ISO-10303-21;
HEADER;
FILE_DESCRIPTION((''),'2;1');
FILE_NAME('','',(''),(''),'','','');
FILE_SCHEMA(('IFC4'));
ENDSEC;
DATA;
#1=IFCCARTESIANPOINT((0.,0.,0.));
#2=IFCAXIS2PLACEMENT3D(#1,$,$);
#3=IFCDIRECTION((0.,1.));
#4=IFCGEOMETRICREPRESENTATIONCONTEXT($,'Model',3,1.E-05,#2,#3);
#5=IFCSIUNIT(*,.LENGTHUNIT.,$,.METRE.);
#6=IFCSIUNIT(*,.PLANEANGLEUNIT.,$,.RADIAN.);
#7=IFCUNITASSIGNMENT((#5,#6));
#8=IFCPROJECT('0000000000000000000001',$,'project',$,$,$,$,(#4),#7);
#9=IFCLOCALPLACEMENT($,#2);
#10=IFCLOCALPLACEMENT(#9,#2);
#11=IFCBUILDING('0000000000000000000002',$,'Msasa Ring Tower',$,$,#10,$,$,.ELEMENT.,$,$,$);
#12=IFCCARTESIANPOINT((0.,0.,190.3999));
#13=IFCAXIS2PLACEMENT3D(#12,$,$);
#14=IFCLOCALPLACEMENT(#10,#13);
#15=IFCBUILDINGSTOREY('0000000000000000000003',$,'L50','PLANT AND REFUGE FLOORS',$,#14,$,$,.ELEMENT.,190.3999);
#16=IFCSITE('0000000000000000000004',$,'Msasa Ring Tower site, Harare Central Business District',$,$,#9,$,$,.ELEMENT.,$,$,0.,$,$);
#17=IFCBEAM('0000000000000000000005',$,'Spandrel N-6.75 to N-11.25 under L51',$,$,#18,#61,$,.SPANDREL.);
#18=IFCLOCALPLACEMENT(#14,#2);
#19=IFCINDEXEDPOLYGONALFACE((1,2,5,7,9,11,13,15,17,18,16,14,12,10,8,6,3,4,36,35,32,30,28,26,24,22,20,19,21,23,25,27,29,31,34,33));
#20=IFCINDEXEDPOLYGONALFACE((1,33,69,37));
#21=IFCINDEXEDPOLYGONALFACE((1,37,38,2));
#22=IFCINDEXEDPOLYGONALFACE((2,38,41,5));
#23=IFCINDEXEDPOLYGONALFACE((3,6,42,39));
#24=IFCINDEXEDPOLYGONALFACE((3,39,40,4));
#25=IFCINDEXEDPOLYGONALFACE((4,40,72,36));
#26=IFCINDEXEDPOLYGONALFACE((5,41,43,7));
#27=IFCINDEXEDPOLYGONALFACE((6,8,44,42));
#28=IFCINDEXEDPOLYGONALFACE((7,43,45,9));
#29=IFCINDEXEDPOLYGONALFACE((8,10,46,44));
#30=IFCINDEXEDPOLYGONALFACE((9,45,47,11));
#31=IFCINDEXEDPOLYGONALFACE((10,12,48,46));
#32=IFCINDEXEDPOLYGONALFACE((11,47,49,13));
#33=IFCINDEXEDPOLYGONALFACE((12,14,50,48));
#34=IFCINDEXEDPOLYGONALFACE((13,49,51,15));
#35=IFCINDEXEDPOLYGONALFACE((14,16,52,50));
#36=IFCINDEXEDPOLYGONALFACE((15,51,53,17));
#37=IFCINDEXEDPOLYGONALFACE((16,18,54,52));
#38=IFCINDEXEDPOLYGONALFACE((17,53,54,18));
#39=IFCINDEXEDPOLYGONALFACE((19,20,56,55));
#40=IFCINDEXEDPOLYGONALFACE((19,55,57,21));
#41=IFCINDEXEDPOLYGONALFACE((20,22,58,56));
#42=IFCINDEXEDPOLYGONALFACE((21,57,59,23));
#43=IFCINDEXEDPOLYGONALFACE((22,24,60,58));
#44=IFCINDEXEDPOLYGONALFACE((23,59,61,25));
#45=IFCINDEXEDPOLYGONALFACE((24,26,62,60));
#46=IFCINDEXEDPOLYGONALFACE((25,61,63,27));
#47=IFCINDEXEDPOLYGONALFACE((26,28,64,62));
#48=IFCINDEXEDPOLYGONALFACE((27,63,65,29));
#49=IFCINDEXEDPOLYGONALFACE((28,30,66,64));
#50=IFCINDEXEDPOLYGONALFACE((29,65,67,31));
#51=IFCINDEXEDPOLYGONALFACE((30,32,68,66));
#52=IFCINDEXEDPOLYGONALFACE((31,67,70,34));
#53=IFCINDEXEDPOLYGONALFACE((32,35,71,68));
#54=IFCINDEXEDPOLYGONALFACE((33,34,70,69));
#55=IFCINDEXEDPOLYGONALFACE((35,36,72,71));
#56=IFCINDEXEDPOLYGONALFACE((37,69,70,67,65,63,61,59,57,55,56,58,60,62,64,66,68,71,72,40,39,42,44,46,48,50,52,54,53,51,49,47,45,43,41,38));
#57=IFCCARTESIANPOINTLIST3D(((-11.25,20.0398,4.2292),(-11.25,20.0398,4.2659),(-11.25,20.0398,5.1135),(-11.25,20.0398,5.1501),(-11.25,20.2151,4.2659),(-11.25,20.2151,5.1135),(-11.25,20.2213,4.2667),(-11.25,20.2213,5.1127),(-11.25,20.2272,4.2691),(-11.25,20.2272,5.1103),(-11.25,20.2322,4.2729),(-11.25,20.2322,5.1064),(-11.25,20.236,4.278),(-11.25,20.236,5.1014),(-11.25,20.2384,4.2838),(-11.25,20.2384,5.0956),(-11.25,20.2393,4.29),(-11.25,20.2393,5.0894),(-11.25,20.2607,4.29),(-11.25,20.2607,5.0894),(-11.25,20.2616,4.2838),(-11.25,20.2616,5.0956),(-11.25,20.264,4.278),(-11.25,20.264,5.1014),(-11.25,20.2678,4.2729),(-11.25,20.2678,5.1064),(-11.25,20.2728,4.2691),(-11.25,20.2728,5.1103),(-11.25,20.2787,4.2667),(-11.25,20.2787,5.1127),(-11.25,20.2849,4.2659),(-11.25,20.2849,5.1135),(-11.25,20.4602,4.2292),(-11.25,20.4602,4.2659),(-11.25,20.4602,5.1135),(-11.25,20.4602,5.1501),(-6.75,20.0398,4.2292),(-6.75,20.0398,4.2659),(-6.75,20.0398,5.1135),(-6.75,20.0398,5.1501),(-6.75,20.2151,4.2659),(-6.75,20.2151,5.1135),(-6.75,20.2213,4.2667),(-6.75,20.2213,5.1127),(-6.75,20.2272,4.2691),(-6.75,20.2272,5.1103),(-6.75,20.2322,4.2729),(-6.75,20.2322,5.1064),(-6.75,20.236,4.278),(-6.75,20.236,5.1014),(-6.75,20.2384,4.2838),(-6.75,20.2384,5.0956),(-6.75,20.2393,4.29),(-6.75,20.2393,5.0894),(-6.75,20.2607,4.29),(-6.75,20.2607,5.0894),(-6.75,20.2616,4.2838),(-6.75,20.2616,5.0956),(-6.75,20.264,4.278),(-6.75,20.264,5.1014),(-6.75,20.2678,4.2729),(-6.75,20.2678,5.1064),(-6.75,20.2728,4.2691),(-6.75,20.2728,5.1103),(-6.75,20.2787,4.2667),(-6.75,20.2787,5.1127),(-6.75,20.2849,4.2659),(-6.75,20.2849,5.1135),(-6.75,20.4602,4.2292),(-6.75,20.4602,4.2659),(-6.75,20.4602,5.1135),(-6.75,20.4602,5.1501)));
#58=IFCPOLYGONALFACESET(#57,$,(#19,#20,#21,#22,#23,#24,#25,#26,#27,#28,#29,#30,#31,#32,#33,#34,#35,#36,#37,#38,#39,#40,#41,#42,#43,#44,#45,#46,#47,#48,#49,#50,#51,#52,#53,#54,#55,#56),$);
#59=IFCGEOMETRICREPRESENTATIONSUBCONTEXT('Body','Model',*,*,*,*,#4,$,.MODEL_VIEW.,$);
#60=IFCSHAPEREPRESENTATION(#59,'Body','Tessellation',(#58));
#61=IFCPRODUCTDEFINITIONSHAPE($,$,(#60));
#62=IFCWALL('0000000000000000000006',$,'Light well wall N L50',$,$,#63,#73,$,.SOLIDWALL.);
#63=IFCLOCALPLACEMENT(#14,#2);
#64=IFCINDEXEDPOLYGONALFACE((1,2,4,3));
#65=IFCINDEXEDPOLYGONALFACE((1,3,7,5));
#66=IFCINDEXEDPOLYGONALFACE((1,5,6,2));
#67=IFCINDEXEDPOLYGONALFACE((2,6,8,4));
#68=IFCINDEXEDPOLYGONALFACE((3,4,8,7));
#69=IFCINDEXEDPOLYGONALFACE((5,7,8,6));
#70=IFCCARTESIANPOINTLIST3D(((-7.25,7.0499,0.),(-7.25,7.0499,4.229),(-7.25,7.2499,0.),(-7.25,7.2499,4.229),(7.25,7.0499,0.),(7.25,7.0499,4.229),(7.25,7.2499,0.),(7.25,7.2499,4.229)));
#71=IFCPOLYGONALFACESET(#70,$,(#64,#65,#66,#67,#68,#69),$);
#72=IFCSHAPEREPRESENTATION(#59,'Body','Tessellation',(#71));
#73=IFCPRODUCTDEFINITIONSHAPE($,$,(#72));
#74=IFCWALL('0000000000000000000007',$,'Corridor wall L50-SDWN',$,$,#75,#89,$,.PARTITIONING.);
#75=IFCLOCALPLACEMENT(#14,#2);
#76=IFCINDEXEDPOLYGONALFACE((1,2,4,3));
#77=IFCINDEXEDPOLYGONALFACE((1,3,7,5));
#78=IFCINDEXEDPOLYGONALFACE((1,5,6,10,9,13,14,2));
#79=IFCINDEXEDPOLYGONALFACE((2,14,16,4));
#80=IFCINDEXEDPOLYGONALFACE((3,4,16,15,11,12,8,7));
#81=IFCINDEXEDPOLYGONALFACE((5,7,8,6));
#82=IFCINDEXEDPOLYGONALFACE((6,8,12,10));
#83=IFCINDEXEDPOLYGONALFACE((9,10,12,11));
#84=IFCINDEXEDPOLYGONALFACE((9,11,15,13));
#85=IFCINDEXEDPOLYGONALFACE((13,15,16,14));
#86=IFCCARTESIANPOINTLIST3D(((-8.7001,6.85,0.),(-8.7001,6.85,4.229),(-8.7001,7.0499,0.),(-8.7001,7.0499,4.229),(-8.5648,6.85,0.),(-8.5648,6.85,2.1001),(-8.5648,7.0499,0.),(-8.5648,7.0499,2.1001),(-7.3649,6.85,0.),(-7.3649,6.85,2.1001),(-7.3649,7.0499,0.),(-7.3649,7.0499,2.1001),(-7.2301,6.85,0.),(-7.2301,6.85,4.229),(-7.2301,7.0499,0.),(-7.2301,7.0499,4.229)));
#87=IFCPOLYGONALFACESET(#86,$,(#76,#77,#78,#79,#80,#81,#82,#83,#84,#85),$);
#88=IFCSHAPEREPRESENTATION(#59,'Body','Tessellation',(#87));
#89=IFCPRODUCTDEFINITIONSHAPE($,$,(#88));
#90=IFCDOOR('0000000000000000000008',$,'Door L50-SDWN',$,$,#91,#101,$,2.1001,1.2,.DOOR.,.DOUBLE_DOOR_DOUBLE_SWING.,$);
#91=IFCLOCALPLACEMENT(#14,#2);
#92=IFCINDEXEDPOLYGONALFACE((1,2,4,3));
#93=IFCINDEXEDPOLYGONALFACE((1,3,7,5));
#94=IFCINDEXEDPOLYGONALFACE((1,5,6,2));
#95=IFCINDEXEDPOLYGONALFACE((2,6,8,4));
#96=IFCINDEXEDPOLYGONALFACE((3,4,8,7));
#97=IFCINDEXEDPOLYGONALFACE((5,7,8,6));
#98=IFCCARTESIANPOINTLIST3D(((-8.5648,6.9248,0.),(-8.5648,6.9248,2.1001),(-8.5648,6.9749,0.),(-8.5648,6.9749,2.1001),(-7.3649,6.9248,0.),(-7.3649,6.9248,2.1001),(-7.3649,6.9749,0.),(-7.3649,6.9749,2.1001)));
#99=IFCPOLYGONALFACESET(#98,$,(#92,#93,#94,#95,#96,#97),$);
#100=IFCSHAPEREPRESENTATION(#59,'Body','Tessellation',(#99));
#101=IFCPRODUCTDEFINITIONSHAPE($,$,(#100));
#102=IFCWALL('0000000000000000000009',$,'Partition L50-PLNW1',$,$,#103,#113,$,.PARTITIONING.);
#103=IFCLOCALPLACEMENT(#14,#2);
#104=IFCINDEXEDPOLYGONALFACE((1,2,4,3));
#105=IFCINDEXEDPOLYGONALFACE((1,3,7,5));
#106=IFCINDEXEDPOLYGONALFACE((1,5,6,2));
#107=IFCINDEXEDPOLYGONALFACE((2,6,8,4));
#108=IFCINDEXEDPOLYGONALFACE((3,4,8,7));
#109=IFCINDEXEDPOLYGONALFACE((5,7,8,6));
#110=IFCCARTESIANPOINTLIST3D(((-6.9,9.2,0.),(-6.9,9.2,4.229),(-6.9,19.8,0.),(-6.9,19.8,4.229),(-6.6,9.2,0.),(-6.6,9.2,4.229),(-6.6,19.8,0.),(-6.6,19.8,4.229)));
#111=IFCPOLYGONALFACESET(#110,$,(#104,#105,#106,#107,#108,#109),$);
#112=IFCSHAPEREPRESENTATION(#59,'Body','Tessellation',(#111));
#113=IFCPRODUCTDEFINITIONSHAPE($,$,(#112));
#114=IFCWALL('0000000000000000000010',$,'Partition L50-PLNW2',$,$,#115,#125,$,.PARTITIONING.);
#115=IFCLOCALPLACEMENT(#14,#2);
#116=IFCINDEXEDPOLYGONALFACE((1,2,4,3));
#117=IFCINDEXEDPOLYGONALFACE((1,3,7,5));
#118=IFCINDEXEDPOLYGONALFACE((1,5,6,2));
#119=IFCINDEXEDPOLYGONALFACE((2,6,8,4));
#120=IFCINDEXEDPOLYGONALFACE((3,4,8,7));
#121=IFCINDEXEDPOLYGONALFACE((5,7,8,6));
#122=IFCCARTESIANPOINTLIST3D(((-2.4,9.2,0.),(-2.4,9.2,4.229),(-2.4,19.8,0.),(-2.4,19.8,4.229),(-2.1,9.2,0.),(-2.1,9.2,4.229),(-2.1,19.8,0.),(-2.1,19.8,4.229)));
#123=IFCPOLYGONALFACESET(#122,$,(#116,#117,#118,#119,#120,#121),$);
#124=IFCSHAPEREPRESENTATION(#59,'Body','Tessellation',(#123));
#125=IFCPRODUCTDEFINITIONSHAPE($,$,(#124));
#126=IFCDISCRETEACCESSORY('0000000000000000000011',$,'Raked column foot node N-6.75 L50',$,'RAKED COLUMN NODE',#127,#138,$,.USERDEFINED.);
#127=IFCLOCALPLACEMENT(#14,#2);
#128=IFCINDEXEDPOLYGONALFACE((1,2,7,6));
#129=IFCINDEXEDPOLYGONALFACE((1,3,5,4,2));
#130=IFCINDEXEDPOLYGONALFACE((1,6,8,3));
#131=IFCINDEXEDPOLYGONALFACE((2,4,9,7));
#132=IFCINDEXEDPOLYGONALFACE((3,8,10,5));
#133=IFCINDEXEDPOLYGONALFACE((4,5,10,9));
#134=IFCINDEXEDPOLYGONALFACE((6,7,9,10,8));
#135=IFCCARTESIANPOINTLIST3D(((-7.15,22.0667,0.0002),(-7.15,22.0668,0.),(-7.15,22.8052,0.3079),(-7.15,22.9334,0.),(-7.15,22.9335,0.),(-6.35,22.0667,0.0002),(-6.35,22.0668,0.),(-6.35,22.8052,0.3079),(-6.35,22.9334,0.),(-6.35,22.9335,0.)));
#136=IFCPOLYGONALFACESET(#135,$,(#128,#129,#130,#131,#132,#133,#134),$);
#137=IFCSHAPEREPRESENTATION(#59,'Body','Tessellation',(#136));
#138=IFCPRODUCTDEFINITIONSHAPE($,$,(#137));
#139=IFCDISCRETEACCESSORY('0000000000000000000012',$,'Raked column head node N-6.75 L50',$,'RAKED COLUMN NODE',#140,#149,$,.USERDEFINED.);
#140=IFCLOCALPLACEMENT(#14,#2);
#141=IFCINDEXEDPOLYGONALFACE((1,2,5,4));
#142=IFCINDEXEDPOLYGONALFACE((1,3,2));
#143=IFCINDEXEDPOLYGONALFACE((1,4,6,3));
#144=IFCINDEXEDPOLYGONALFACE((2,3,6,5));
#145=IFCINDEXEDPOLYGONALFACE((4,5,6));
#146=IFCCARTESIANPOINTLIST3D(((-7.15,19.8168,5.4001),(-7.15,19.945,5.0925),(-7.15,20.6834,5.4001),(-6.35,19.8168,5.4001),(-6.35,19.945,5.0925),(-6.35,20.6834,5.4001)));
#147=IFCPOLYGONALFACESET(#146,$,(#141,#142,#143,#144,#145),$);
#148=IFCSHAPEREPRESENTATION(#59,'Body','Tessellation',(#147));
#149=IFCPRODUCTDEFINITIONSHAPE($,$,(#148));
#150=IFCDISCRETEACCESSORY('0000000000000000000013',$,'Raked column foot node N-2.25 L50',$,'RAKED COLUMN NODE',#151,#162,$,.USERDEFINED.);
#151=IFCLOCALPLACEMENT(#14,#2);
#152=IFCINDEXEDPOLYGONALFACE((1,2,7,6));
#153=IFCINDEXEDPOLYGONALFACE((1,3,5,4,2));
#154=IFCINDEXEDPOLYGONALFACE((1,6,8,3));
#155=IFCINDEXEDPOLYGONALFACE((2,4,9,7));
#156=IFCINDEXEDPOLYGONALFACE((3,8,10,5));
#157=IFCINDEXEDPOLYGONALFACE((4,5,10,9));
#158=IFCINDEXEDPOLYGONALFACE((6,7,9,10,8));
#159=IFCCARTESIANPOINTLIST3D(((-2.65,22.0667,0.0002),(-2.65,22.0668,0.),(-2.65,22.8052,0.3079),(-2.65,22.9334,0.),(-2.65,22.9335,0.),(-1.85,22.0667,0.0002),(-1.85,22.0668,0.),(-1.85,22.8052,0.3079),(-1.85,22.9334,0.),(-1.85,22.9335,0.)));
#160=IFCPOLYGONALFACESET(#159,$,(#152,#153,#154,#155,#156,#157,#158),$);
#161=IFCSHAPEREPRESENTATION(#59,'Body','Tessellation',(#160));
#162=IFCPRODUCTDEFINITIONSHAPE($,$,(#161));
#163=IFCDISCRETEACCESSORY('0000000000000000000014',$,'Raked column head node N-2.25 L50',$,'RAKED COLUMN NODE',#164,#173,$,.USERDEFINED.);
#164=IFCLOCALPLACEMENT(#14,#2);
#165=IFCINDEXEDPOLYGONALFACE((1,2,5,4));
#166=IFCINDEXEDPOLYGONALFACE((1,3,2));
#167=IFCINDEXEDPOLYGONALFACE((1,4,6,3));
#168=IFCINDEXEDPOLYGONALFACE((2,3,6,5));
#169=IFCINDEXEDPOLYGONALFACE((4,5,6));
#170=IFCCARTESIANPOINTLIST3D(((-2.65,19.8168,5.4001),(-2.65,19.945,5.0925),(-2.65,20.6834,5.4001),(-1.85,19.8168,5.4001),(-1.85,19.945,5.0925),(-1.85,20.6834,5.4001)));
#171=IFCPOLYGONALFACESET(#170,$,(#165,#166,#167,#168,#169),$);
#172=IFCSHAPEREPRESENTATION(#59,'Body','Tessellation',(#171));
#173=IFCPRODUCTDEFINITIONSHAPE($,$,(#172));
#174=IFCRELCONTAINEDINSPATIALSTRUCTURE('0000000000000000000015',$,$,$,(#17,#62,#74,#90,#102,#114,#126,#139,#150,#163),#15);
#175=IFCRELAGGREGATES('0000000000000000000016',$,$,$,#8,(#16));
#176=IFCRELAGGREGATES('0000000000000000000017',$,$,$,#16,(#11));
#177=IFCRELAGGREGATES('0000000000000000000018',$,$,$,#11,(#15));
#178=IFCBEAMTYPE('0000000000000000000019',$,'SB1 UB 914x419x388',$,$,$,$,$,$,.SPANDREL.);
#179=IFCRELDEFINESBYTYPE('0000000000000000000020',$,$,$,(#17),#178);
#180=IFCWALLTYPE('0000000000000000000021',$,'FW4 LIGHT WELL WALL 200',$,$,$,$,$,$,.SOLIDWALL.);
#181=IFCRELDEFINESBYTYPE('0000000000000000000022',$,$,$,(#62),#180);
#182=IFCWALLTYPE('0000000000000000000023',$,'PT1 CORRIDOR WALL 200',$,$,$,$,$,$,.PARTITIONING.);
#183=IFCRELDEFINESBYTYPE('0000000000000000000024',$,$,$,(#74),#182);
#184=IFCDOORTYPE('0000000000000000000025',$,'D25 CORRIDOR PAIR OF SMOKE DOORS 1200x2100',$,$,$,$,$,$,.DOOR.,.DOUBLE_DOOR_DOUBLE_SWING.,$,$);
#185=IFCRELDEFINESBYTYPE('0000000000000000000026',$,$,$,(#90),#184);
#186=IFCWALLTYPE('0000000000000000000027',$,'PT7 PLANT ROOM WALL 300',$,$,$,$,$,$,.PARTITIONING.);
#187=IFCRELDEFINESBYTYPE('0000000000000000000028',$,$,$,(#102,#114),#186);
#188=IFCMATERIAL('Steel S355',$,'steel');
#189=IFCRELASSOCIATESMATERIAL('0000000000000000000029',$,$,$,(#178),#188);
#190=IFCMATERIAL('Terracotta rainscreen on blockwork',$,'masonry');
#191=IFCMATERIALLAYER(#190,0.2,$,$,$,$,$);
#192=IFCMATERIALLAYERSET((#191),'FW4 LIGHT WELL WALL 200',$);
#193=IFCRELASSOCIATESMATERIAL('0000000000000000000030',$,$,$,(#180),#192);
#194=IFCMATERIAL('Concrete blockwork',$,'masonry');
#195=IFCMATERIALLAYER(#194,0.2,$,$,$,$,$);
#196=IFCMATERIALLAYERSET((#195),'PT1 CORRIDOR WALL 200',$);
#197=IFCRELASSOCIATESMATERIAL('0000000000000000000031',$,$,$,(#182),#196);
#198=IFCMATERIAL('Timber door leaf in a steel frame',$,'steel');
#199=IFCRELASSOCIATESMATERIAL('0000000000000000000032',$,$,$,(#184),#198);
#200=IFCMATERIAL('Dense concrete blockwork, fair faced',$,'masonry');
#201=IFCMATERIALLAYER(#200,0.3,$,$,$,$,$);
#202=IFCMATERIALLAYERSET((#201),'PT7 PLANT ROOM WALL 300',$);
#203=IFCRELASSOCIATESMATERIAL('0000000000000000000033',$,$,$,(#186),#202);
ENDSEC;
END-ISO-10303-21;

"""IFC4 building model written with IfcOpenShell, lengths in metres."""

from ifc_helpers import new_model, si_unit, direction, frame, frame_2d, origin, origin_2d, place, context, subcontext, project, spatial, rectangle, i_section, extrude, clip, halfspace, material, layer, layer_set, material_profile, profile_set, type_object, element, fill, save


model = new_model("IFC4")

# Units and contexts
model_context = context("Model", 3, precision=1e-05, world=origin(), true_north=direction((0.0, 1.0)))
body_context = subcontext(model_context, "Body", "Model", "MODEL_VIEW")
ifc_project = project(units=[si_unit("LENGTHUNIT", "METRE"), si_unit("PLANEANGLEUNIT", "RADIAN")], contexts=[model_context])

# Site, building, storey
site_placement = place(None, origin())
site = spatial("IfcSite", under=ifc_project, at=site_placement, Name="Msasa Ring Tower site, Harare Central Business District", CompositionType="ELEMENT", RefElevation=0.0)
building_placement = place(site_placement, origin())
building = spatial("IfcBuilding", under=site, at=building_placement, Name="Msasa Ring Tower", CompositionType="ELEMENT")
storey_placement = place(building_placement, frame((0.0, 0.0, 190.3999)))
storey = spatial("IfcBuildingStorey", under=building, at=storey_placement, Name="L50", Description="PLANT AND REFUGE FLOORS", CompositionType="ELEMENT", Elevation=190.3999)

# Beam
ifc_material_1 = material(Name="Steel S355", Category="steel")
ifc_material_profile_1 = material_profile(ifc_material_1, i_section(OverallWidth=0.4204, OverallDepth=0.9209, WebThickness=0.0215, FlangeThickness=0.0366, FilletRadius=0.0242, at=origin_2d()), Name="UB 914x419x388")
ifc_profile_set_1 = profile_set([ifc_material_profile_1], Name="Steel S355")
beam_type_1 = type_object("IfcBeamType", Name="SB1 UB 914x419x388", PredefinedType="SPANDREL", material=ifc_profile_set_1)
for number, where, z_axis, x_axis, name in (
    (1, (-6.75, 20.25, 4.6897), (-1.0, 0.0, 0.0), (0.0, -1.0, 0.0), "Spandrel N-6.75 to N-11.25 under L51"),
):
    element("IfcBeam", number, at=place(storey_placement, frame(where, z_axis=z_axis, x_axis=x_axis)), inside=storey, type_object=beam_type_1, Name=name, PredefinedType="SPANDREL", context=body_context, shape_type="SweptSolid", body=[
        extrude(i_section(OverallWidth=0.4204, OverallDepth=0.9209, WebThickness=0.0215, FlangeThickness=0.0366, FilletRadius=0.0242, at=origin_2d()), origin(), (0.0, 0.0, 1.0), 4.5),
    ])

# Wall
ifc_material_2 = material(Name="Terracotta rainscreen on blockwork", Category="masonry")
ifc_layer_1 = layer(ifc_material_2, 0.2)
ifc_layer_set_1 = layer_set([ifc_layer_1], Name="FW4 LIGHT WELL WALL 200")
wall_type_1 = type_object("IfcWallType", Name="FW4 LIGHT WELL WALL 200", PredefinedType="SOLIDWALL", material=ifc_layer_set_1)
wall_1_placement = place(storey_placement, frame((-7.25, 7.1499, 0.0), z_axis=(0.0, 0.0, 1.0), x_axis=(1.0, 0.0, 0.0)))
element("IfcWall", 2, at=wall_1_placement, inside=storey, type_object=wall_type_1, Name="Light well wall N L50", PredefinedType="SOLIDWALL", context=body_context, shape_type="SweptSolid", body=[
    extrude(rectangle(XDim=14.5, YDim=0.2, at=frame_2d((7.25, 0.0))), origin(), (0.0, 0.0, 1.0), 4.229),
])

# Wall, opening, door
ifc_material_3 = material(Name="Concrete blockwork", Category="masonry")
ifc_layer_2 = layer(ifc_material_3, 0.2)
ifc_layer_set_2 = layer_set([ifc_layer_2], Name="PT1 CORRIDOR WALL 200")
wall_type_2 = type_object("IfcWallType", Name="PT1 CORRIDOR WALL 200", PredefinedType="PARTITIONING", material=ifc_layer_set_2)
wall_2_placement = place(storey_placement, frame((-8.7, 6.95, 0.0), z_axis=(0.0, 0.0, 1.0), x_axis=(1.0, 0.0, 0.0)))
wall_2 = element("IfcWall", 3, at=wall_2_placement, inside=storey, type_object=wall_type_2, Name="Corridor wall L50-SDWN", PredefinedType="PARTITIONING", context=body_context, shape_type="SweptSolid", body=[
    extrude(rectangle(XDim=1.47, YDim=0.2, at=frame_2d((0.7349, 0.0))), origin(), (0.0, 0.0, 1.0), 4.229),
])
opening_1_placement = place(wall_2_placement, frame((0.135, 0.0, 0.0)))
opening_1 = element("IfcOpeningElement", 4, at=opening_1_placement, cuts=wall_2, PredefinedType="OPENING", context=body_context, shape_type="SweptSolid", body=[
    extrude(rectangle(XDim=1.2, YDim=2.1001, at=frame_2d((0.6001, 1.05))), frame((0.0, 0.1099, 0.0), z_axis=(0.0, -1.0, 0.0), x_axis=(1.0, 0.0, 0.0)), (0.0, 0.0, 1.0), 0.22),
])
ifc_material_4 = material(Name="Timber door leaf in a steel frame", Category="steel")
door_type_1 = type_object("IfcDoorType", Name="D25 CORRIDOR PAIR OF SMOKE DOORS 1200x2100", OperationType="DOUBLE_DOOR_DOUBLE_SWING", PredefinedType="DOOR", material=ifc_material_4)
door_1_placement = place(opening_1_placement, origin())
door_1 = element("IfcDoor", 5, at=door_1_placement, inside=storey, type_object=door_type_1, Name="Door L50-SDWN", OperationType="DOUBLE_DOOR_DOUBLE_SWING", OverallHeight=2.1001, OverallWidth=1.2, PredefinedType="DOOR", context=body_context, shape_type="SweptSolid", body=[
    extrude(rectangle(XDim=1.2, YDim=2.1001, at=frame_2d((0.6001, 1.05))), frame((0.0, 0.0249, 0.0), z_axis=(0.0, -1.0, 0.0), x_axis=(1.0, 0.0, 0.0)), (0.0, 0.0, 1.0), 0.05),
])
fill(opening_1, door_1)

# Wall
ifc_material_5 = material(Name="Dense concrete blockwork, fair faced", Category="masonry")
ifc_layer_3 = layer(ifc_material_5, 0.3)
ifc_layer_set_3 = layer_set([ifc_layer_3], Name="PT7 PLANT ROOM WALL 300")
wall_type_3 = type_object("IfcWallType", Name="PT7 PLANT ROOM WALL 300", PredefinedType="PARTITIONING", material=ifc_layer_set_3)
wall_3_placement = place(storey_placement, frame((-6.75, 9.2, 0.0), z_axis=(0.0, 0.0, 1.0), x_axis=(0.0, 1.0, 0.0)))
element("IfcWall", 6, at=wall_3_placement, inside=storey, type_object=wall_type_3, Name="Partition L50-PLNW1", PredefinedType="PARTITIONING", context=body_context, shape_type="SweptSolid", body=[
    extrude(rectangle(XDim=10.6001, YDim=0.3, at=frame_2d((5.3, 0.0))), origin(), (0.0, 0.0, 1.0), 4.229),
])

# Wall
wall_4_placement = place(storey_placement, frame((-2.25, 9.2, 0.0), z_axis=(0.0, 0.0, 1.0), x_axis=(0.0, 1.0, 0.0)))
element("IfcWall", 7, at=wall_4_placement, inside=storey, type_object=wall_type_3, Name="Partition L50-PLNW2", PredefinedType="PARTITIONING", context=body_context, shape_type="SweptSolid", body=[
    extrude(rectangle(XDim=10.6001, YDim=0.3, at=frame_2d((5.3, 0.0))), origin(), (0.0, 0.0, 1.0), 4.229),
])

# Discrete accessories
discrete_accessory_1_placement = place(storey_placement, frame((-6.75, 22.5, 0.0)))
element("IfcDiscreteAccessory", 8, at=discrete_accessory_1_placement, inside=storey, Name="Raked column foot node N-6.75 L50", ObjectType="RAKED COLUMN NODE", PredefinedType="USERDEFINED", context=body_context, shape_type="Clipping", body=[
    clip(extrude(rectangle(XDim=0.8, YDim=0.8, at=origin_2d()), frame((0.0, 0.0642, -0.1538), z_axis=(0.0, -0.384615, 0.923077), x_axis=(0.0, 0.923077, 0.384615)), (0.0, 0.0, 1.0), 0.3335), halfspace(frame((0.0, 0.0, 0.0), z_axis=(0.0, 0.0, 1.0)), True)),
])
discrete_accessory_2_placement = place(storey_placement, frame((-6.75, 20.25, 5.4001)))
element("IfcDiscreteAccessory", 9, at=discrete_accessory_2_placement, inside=storey, Name="Raked column head node N-6.75 L50", ObjectType="RAKED COLUMN NODE", PredefinedType="USERDEFINED", context=body_context, shape_type="Clipping", body=[
    clip(extrude(rectangle(XDim=0.8, YDim=0.8, at=origin_2d()), frame((0.0, 0.0642, -0.1538), z_axis=(0.0, -0.384615, 0.923077), x_axis=(0.0, 0.923077, 0.384615)), (0.0, 0.0, 1.0), 0.3335), halfspace(frame((0.0, 0.0, 0.0), z_axis=(0.0, 0.0, -1.0)), True)),
])
discrete_accessory_3_placement = place(storey_placement, frame((-2.25, 22.5, 0.0)))
element("IfcDiscreteAccessory", 10, at=discrete_accessory_3_placement, inside=storey, Name="Raked column foot node N-2.25 L50", ObjectType="RAKED COLUMN NODE", PredefinedType="USERDEFINED", context=body_context, shape_type="Clipping", body=[
    clip(extrude(rectangle(XDim=0.8, YDim=0.8, at=origin_2d()), frame((0.0, 0.0642, -0.1538), z_axis=(0.0, -0.384615, 0.923077), x_axis=(0.0, 0.923077, 0.384615)), (0.0, 0.0, 1.0), 0.3335), halfspace(frame((0.0, 0.0, 0.0), z_axis=(0.0, 0.0, 1.0)), True)),
])
discrete_accessory_4_placement = place(storey_placement, frame((-2.25, 20.25, 5.4001)))
element("IfcDiscreteAccessory", 11, at=discrete_accessory_4_placement, inside=storey, Name="Raked column head node N-2.25 L50", ObjectType="RAKED COLUMN NODE", PredefinedType="USERDEFINED", context=body_context, shape_type="Clipping", body=[
    clip(extrude(rectangle(XDim=0.8, YDim=0.8, at=origin_2d()), frame((0.0, 0.0642, -0.1538), z_axis=(0.0, -0.384615, 0.923077), x_axis=(0.0, 0.923077, 0.384615)), (0.0, 0.0, 1.0), 0.3335), halfspace(frame((0.0, 0.0, 0.0), z_axis=(0.0, 0.0, -1.0)), True)),
])

save(model, "model.ifc")
